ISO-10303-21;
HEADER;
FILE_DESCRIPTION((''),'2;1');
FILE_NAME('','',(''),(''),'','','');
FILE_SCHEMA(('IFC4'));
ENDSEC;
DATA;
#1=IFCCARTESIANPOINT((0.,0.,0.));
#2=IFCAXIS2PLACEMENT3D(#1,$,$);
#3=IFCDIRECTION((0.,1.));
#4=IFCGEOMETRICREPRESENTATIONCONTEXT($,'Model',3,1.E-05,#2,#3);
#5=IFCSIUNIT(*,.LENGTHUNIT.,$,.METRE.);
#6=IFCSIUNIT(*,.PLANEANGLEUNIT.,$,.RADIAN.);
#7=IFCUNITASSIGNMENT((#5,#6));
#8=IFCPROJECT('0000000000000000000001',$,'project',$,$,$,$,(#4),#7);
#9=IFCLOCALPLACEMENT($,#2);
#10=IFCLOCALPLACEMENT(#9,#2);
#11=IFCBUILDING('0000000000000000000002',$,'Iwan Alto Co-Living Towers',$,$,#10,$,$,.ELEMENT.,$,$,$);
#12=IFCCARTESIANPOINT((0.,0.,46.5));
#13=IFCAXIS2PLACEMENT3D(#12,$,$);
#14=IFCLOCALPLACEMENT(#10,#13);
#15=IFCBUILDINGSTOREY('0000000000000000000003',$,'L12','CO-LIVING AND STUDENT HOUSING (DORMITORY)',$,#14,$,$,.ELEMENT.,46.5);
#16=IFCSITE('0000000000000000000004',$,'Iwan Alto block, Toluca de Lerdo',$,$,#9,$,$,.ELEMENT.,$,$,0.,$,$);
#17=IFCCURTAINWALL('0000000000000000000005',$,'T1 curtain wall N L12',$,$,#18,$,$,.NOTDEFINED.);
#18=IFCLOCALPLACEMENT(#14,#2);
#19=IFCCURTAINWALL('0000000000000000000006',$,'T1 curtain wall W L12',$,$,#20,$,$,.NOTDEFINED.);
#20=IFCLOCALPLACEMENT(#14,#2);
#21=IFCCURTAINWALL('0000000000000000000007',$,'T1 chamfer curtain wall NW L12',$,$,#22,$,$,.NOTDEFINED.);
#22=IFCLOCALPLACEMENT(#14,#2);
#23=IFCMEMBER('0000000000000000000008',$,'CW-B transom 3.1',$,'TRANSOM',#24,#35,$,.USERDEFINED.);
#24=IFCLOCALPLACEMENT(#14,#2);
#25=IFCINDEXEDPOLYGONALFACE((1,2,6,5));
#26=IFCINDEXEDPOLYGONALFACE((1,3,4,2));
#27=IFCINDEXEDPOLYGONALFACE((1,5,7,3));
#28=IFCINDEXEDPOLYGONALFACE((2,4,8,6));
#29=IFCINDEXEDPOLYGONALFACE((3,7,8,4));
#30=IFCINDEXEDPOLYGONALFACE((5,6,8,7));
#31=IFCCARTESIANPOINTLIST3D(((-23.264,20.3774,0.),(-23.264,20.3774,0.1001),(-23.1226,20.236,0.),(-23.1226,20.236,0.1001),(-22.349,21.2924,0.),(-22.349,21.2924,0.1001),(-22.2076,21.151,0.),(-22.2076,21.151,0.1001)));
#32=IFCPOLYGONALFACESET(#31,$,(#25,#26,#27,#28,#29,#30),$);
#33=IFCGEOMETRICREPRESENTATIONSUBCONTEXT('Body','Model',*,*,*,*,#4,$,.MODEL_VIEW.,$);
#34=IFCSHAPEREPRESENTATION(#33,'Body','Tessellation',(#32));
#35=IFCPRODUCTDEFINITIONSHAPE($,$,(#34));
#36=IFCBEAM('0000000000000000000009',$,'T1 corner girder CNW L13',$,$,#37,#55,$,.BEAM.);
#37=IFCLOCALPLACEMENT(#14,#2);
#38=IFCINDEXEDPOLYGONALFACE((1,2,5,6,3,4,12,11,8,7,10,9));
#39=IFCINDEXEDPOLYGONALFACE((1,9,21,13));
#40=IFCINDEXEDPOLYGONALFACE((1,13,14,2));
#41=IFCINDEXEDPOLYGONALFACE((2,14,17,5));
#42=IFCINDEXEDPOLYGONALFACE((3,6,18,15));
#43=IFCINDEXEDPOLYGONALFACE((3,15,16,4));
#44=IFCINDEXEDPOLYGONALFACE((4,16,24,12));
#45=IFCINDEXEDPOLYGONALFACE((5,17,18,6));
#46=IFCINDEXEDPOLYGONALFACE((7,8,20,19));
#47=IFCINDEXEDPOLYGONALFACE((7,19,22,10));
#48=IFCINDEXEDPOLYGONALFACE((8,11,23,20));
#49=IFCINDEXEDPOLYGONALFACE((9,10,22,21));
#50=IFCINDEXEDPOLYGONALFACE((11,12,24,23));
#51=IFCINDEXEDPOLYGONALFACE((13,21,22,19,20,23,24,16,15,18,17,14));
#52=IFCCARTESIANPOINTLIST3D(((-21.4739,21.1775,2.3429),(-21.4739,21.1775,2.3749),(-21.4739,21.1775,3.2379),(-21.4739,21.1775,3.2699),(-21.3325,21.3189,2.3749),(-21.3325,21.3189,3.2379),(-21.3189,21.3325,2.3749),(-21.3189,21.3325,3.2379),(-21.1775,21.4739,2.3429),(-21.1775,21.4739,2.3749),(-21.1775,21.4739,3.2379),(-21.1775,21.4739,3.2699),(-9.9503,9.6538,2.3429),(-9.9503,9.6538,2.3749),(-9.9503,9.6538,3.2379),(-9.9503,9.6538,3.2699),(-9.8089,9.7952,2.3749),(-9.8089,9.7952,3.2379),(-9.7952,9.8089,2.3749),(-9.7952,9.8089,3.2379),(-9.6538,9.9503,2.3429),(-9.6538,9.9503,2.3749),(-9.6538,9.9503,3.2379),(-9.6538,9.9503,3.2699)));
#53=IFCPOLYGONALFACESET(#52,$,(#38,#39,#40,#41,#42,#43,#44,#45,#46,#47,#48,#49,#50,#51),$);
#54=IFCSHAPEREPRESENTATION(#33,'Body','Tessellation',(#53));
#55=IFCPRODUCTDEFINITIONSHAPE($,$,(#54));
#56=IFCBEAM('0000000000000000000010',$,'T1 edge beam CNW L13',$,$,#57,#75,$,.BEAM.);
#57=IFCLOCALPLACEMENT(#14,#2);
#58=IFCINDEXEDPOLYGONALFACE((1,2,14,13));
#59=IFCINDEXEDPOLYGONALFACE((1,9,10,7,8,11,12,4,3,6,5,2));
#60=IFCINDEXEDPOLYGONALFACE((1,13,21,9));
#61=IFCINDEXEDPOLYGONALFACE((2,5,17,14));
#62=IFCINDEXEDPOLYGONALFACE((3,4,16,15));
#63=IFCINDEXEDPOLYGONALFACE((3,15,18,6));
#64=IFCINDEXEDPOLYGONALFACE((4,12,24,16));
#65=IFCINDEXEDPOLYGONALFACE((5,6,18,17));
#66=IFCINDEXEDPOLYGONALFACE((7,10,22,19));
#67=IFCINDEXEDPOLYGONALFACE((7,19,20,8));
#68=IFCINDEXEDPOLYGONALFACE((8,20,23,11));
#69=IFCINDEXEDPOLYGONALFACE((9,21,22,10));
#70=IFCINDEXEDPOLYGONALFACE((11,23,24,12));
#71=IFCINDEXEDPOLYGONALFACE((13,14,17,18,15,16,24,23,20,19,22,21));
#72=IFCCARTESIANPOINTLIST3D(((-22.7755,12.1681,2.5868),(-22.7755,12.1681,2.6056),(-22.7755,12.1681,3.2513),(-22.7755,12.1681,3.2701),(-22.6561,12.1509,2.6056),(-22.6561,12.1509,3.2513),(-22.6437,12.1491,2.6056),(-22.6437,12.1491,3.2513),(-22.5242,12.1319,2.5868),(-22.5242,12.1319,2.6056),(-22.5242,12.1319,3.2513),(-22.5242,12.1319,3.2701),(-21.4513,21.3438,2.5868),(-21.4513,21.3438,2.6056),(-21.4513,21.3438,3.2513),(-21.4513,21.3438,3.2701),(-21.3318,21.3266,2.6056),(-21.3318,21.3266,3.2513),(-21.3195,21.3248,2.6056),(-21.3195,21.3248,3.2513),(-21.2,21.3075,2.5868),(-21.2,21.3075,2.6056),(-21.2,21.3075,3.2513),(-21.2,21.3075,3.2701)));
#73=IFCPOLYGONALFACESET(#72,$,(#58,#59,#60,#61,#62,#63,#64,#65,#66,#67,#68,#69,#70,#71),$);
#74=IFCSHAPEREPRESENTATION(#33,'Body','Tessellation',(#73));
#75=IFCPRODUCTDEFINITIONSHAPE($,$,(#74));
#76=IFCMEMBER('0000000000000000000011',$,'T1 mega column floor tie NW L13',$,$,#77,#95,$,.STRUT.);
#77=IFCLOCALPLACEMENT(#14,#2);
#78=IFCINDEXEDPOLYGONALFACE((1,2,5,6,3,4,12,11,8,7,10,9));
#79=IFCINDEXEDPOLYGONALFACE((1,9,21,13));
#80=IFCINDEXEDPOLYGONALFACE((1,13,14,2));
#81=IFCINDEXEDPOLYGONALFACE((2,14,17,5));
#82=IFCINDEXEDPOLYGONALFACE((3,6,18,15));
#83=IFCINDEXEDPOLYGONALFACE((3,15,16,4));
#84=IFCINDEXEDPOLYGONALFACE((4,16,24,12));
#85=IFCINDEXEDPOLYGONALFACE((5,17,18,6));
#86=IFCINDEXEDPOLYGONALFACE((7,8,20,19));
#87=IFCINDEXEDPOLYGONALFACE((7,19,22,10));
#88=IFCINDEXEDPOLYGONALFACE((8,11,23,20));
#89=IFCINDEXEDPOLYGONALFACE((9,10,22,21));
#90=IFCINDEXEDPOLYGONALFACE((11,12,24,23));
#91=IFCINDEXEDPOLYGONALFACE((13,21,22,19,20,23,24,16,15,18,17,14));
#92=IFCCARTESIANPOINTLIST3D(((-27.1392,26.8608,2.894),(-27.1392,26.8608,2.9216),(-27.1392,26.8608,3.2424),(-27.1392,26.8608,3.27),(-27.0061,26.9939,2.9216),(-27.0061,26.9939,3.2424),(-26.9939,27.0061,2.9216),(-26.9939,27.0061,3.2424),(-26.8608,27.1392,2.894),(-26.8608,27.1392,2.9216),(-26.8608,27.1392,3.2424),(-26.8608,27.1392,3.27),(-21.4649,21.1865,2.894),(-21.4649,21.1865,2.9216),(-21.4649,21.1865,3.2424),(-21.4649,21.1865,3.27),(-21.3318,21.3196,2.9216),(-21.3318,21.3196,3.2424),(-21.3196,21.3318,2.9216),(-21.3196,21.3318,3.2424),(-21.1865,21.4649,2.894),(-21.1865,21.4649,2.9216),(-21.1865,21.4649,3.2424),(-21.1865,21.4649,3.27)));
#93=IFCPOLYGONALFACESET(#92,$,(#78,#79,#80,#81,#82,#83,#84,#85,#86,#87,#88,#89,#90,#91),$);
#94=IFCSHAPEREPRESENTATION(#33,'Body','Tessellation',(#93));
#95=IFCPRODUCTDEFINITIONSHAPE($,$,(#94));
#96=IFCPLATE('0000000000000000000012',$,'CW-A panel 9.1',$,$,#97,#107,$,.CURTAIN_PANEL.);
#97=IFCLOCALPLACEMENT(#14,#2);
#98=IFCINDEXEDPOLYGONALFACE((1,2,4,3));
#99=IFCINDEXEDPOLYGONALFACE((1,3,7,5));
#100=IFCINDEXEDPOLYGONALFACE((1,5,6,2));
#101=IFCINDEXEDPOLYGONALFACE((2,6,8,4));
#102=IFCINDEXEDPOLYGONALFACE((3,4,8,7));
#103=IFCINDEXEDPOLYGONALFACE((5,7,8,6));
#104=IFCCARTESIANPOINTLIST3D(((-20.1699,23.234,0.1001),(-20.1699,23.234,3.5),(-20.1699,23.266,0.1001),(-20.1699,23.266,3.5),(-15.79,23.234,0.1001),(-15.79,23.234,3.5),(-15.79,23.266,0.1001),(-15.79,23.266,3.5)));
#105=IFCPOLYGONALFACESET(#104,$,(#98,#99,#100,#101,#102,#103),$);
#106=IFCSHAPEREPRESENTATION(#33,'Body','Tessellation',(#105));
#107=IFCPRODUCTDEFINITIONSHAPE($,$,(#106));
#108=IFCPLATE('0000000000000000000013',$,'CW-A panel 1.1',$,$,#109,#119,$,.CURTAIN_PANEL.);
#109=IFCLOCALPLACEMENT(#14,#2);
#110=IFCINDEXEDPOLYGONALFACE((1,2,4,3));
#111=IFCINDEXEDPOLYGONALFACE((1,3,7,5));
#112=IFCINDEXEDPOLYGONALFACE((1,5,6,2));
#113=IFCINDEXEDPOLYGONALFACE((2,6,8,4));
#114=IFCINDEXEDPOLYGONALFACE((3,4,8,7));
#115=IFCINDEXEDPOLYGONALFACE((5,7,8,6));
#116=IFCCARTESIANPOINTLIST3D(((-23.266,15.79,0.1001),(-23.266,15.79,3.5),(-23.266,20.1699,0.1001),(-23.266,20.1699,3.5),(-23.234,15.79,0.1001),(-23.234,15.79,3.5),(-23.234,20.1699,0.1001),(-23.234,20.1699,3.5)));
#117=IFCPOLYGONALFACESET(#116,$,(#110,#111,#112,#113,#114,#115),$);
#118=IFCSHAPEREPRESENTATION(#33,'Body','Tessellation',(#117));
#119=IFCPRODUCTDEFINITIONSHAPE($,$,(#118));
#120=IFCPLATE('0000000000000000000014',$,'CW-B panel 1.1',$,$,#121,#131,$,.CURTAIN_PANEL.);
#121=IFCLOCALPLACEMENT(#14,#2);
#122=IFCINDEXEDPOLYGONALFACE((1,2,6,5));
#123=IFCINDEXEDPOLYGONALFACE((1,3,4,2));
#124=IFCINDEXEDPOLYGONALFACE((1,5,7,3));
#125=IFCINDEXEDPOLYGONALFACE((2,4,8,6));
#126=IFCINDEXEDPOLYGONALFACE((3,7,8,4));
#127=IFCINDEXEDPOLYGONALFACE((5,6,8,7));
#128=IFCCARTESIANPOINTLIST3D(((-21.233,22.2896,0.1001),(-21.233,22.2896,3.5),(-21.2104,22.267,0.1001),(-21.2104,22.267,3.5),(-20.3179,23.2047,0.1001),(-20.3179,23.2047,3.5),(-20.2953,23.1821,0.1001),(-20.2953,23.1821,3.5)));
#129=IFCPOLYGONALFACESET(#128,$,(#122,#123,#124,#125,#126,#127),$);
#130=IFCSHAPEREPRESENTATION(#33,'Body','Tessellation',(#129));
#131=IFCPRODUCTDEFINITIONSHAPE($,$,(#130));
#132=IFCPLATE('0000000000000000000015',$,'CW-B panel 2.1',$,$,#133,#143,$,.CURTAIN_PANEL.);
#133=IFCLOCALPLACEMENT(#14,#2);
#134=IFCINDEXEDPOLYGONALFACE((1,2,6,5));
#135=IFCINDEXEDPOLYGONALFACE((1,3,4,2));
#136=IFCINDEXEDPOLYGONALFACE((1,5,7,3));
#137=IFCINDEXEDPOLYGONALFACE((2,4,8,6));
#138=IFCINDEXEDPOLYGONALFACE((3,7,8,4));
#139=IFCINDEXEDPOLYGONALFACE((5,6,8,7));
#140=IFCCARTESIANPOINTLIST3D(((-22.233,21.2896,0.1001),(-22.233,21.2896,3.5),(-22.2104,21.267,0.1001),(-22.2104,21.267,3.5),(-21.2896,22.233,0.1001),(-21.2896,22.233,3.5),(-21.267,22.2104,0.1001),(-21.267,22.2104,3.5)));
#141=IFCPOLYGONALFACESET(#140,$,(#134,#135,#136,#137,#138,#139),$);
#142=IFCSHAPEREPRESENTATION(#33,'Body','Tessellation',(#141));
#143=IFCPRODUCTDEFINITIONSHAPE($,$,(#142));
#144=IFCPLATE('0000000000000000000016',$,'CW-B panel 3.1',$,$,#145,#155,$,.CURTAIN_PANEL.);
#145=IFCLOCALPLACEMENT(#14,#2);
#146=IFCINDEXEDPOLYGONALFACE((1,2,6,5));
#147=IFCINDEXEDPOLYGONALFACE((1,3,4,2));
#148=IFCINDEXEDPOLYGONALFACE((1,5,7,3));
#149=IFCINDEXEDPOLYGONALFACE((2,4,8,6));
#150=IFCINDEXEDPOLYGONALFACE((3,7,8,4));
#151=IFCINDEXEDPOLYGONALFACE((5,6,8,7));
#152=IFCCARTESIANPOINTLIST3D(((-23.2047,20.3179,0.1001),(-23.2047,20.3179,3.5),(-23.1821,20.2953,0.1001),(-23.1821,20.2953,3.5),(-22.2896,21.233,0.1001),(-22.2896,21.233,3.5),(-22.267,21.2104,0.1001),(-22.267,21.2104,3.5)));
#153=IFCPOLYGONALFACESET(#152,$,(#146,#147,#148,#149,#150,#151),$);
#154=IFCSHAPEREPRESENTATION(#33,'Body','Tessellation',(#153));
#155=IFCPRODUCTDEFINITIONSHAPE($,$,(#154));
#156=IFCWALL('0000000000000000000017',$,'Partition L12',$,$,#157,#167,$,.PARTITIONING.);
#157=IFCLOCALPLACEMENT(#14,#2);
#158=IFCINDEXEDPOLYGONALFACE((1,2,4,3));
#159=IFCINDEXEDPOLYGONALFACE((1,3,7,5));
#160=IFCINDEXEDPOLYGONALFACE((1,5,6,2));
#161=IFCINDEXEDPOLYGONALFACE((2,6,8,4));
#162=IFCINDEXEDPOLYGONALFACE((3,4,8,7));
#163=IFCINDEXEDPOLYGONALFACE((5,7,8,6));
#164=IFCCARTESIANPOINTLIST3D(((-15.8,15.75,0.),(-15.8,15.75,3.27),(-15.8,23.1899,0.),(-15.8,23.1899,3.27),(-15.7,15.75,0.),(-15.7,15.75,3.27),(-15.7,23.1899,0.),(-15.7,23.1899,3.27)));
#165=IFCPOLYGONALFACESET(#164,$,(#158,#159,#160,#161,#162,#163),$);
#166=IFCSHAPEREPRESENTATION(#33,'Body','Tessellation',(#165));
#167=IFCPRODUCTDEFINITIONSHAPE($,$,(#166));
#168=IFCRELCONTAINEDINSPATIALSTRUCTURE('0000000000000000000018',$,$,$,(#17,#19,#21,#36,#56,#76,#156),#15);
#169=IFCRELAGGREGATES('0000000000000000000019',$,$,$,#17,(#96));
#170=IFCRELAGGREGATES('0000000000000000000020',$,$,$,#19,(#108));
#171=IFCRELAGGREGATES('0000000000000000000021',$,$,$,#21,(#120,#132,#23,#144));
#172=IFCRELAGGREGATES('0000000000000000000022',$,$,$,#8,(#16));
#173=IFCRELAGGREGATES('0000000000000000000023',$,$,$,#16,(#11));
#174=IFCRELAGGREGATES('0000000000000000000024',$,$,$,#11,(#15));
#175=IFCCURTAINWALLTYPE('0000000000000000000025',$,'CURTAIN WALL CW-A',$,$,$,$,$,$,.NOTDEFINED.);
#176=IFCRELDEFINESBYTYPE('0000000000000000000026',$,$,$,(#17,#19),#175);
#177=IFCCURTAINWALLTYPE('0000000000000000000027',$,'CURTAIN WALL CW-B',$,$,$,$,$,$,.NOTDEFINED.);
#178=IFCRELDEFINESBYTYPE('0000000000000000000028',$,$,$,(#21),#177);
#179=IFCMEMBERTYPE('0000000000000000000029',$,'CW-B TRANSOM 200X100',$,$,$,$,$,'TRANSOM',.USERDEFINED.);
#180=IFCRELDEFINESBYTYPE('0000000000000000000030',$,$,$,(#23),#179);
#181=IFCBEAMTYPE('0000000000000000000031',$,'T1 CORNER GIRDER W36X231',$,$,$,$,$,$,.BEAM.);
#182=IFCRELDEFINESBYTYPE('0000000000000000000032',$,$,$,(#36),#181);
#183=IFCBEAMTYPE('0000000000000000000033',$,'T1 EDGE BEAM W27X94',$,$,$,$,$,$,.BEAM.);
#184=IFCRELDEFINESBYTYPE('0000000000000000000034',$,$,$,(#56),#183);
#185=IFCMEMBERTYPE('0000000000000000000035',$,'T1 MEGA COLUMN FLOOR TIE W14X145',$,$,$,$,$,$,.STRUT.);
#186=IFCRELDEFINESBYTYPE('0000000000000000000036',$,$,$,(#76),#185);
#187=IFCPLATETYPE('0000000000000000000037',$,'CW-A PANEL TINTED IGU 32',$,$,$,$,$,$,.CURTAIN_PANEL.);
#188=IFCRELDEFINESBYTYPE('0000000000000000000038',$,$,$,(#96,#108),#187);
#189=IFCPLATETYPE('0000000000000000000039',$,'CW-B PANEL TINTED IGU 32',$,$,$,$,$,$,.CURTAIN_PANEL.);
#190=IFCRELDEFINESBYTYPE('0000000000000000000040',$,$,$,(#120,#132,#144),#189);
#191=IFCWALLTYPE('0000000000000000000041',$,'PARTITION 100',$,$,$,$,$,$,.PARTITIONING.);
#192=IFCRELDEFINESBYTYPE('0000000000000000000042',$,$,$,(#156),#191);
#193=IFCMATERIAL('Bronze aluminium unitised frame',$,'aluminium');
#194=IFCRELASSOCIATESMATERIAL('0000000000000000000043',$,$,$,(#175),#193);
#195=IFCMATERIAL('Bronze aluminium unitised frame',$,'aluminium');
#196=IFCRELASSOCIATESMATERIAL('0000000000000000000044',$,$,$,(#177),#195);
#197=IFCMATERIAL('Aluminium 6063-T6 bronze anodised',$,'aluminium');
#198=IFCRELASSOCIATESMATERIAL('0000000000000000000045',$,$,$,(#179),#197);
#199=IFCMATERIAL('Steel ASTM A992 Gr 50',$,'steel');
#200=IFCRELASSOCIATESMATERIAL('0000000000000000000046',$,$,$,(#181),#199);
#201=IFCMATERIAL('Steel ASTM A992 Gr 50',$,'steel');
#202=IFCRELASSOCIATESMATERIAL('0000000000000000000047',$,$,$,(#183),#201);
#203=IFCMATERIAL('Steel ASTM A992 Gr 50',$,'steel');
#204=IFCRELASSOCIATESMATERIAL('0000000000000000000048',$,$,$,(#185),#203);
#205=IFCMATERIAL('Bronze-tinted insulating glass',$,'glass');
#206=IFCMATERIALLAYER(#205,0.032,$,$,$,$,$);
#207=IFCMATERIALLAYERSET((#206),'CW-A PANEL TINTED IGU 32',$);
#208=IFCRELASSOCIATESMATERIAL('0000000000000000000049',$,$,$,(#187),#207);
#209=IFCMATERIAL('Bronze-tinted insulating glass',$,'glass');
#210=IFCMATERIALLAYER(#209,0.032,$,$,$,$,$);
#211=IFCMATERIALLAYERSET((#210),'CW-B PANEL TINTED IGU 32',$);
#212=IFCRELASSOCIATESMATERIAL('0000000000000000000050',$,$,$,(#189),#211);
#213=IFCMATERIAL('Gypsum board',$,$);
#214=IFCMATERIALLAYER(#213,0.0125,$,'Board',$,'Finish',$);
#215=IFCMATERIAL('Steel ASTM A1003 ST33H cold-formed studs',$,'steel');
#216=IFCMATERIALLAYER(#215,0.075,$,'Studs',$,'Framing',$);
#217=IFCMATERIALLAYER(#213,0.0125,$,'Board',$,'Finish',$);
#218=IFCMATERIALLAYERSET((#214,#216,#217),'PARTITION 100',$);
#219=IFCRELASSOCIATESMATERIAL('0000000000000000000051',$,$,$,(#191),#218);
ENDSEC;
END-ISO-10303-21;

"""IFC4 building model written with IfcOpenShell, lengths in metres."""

from ifc_helpers import new_model, si_unit, direction, frame, frame_2d, origin, origin_2d, place, context, subcontext, project, spatial, rectangle, i_section, extrude, material, layer, layer_set, material_profile, profile_set, type_object, element, aggregate, save


model = new_model("IFC4")

# Units and contexts
model_context = context("Model", 3, precision=1e-05, world=origin(), true_north=direction((0.0, 1.0)))
body_context = subcontext(model_context, "Body", "Model", "MODEL_VIEW")
ifc_project = project(units=[si_unit("LENGTHUNIT", "METRE"), si_unit("PLANEANGLEUNIT", "RADIAN")], contexts=[model_context])

# Site, building, storey
site_placement = place(None, origin())
site = spatial("IfcSite", under=ifc_project, at=site_placement, Name="Iwan Alto block, Toluca de Lerdo", CompositionType="ELEMENT", RefElevation=0.0)
building_placement = place(site_placement, origin())
building = spatial("IfcBuilding", under=site, at=building_placement, Name="Iwan Alto Co-Living Towers", CompositionType="ELEMENT")
storey_placement = place(building_placement, frame((0.0, 0.0, 46.5)))
storey = spatial("IfcBuildingStorey", under=building, at=storey_placement, Name="L12", Description="CO-LIVING AND STUDENT HOUSING (DORMITORY)", CompositionType="ELEMENT", Elevation=46.5)

# Curtain walls
ifc_material_1 = material(Name="Bronze aluminium unitised frame", Category="aluminium")
curtain_wall_type_1 = type_object("IfcCurtainWallType", Name="CURTAIN WALL CW-A", PredefinedType="NOTDEFINED", material=ifc_material_1)
curtain_wall_1_placement = place(storey_placement, origin())
curtain_wall_1 = element("IfcCurtainWall", 1, at=curtain_wall_1_placement, inside=storey, type_object=curtain_wall_type_1, Name="T1 curtain wall N L12", PredefinedType="NOTDEFINED")
curtain_wall_2_placement = place(storey_placement, origin())
curtain_wall_2 = element("IfcCurtainWall", 2, at=curtain_wall_2_placement, inside=storey, type_object=curtain_wall_type_1, Name="T1 curtain wall W L12", PredefinedType="NOTDEFINED")

# Curtain wall, member
ifc_material_2 = material(Name="Bronze aluminium unitised frame", Category="aluminium")
curtain_wall_type_2 = type_object("IfcCurtainWallType", Name="CURTAIN WALL CW-B", PredefinedType="NOTDEFINED", material=ifc_material_2)
curtain_wall_3_placement = place(storey_placement, origin())
curtain_wall_3 = element("IfcCurtainWall", 3, at=curtain_wall_3_placement, inside=storey, type_object=curtain_wall_type_2, Name="T1 chamfer curtain wall NW L12", PredefinedType="NOTDEFINED")
ifc_material_3 = material(Name="Aluminium 6063-T6 bronze anodised", Category="aluminium")
ifc_material_profile_1 = material_profile(ifc_material_3, rectangle(XDim=0.2, YDim=0.1001, at=origin_2d()), Name="AL 200X100")
ifc_profile_set_1 = profile_set([ifc_material_profile_1], Name="Aluminium 6063-T6 bronze anodised")
member_type_1 = type_object("IfcMemberType", Name="CW-B TRANSOM 200X100", ElementType="TRANSOM", PredefinedType="USERDEFINED", material=ifc_profile_set_1)
member_1_placement = place(storey_placement, frame((-22.2783, 21.2217, 0.05), z_axis=(-0.707107, -0.707107, 0.0), x_axis=(0.707107, -0.707107, 0.0)))
member_1 = element("IfcMember", 4, at=member_1_placement, type_object=member_type_1, Name="CW-B transom 3.1", ObjectType="TRANSOM", PredefinedType="USERDEFINED", context=body_context, shape_type="SweptSolid", body=[
    extrude(rectangle(XDim=0.2, YDim=0.1001, at=origin_2d()), origin(), (0.0, 0.0, 1.0), 1.2939),
])

# Beams
ifc_material_4 = material(Name="Steel ASTM A992 Gr 50", Category="steel")
ifc_material_profile_2 = material_profile(ifc_material_4, i_section(OverallWidth=0.4192, OverallDepth=0.927, WebThickness=0.0193, FlangeThickness=0.032, at=origin_2d()), Name="W36X231")
ifc_profile_set_2 = profile_set([ifc_material_profile_2], Name="Steel ASTM A992 Gr 50")
beam_type_1 = type_object("IfcBeamType", Name="T1 CORNER GIRDER W36X231", PredefinedType="BEAM", material=ifc_profile_set_2)
beam_1_placement = place(storey_placement, frame((-21.3257, 21.3257, 2.8064), z_axis=(0.707107, -0.707107, 0.0), x_axis=(0.707107, 0.707107, 0.0)))
element("IfcBeam", 5, at=beam_1_placement, inside=storey, type_object=beam_type_1, Name="T1 corner girder CNW L13", PredefinedType="BEAM", context=body_context, shape_type="SweptSolid", body=[
    extrude(i_section(OverallWidth=0.4192, OverallDepth=0.927, WebThickness=0.0193, FlangeThickness=0.032, at=origin_2d()), origin(), (0.0, 0.0, 1.0), 16.2969),
])
ifc_material_5 = material(Name="Steel ASTM A992 Gr 50", Category="steel")
ifc_material_profile_3 = material_profile(ifc_material_5, i_section(OverallWidth=0.2539, OverallDepth=0.6833, WebThickness=0.0125, FlangeThickness=0.0188, at=origin_2d()), Name="W27X94")
ifc_profile_set_3 = profile_set([ifc_material_profile_3], Name="Steel ASTM A992 Gr 50")
beam_type_2 = type_object("IfcBeamType", Name="T1 EDGE BEAM W27X94", PredefinedType="BEAM", material=ifc_profile_set_3)
beam_2_placement = place(storey_placement, frame((-21.3257, 21.3257, 2.9285), z_axis=(-0.142837, -0.989746, 0.0), x_axis=(0.989746, -0.142837, 0.0)))
element("IfcBeam", 6, at=beam_2_placement, inside=storey, type_object=beam_type_2, Name="T1 edge beam CNW L13", PredefinedType="BEAM", context=body_context, shape_type="SweptSolid", body=[
    extrude(i_section(OverallWidth=0.2539, OverallDepth=0.6833, WebThickness=0.0125, FlangeThickness=0.0188, at=origin_2d()), origin(), (0.0, 0.0, 1.0), 9.2708),
])

# Member
ifc_material_6 = material(Name="Steel ASTM A992 Gr 50", Category="steel")
ifc_material_profile_4 = material_profile(ifc_material_6, i_section(OverallWidth=0.3938, OverallDepth=0.376, WebThickness=0.0173, FlangeThickness=0.0276, at=origin_2d()), Name="W14X145")
ifc_profile_set_4 = profile_set([ifc_material_profile_4], Name="Steel ASTM A992 Gr 50")
member_type_2 = type_object("IfcMemberType", Name="T1 MEGA COLUMN FLOOR TIE W14X145", PredefinedType="STRUT", material=ifc_profile_set_4)
member_2_placement = place(storey_placement, frame((-27.0, 27.0, 3.082), z_axis=(0.707107, -0.707107, 0.0), x_axis=(0.707107, 0.707107, 0.0)))
element("IfcMember", 7, at=member_2_placement, inside=storey, type_object=member_type_2, Name="T1 mega column floor tie NW L13", PredefinedType="STRUT", context=body_context, shape_type="SweptSolid", body=[
    extrude(i_section(OverallWidth=0.3938, OverallDepth=0.376, WebThickness=0.0173, FlangeThickness=0.0276, at=origin_2d()), origin(), (0.0, 0.0, 1.0), 8.0247),
])

# Plates
ifc_material_7 = material(Name="Bronze-tinted insulating glass", Category="glass")
ifc_layer_1 = layer(ifc_material_7, 0.032)
ifc_layer_set_1 = layer_set([ifc_layer_1], Name="CW-A PANEL TINTED IGU 32")
plate_type_1 = type_object("IfcPlateType", Name="CW-A PANEL TINTED IGU 32", PredefinedType="CURTAIN_PANEL", material=ifc_layer_set_1)
plate_1_placement = place(storey_placement, frame((-17.98, 23.25, 0.1001), z_axis=(0.0, 0.0, 1.0), x_axis=(-1.0, 0.0, 0.0)))
plate_1 = element("IfcPlate", 8, at=plate_1_placement, type_object=plate_type_1, Name="CW-A panel 9.1", PredefinedType="CURTAIN_PANEL", context=body_context, shape_type="SweptSolid", body=[
    extrude(rectangle(XDim=4.3799, YDim=0.032, at=origin_2d()), origin(), (0.0, 0.0, 1.0), 3.3999),
])
aggregate(curtain_wall_1, [plate_1])
plate_2_placement = place(storey_placement, frame((-23.25, 17.98, 0.1001), z_axis=(0.0, 0.0, 1.0), x_axis=(0.0, -1.0, 0.0)))
plate_2 = element("IfcPlate", 9, at=plate_2_placement, type_object=plate_type_1, Name="CW-A panel 1.1", PredefinedType="CURTAIN_PANEL", context=body_context, shape_type="SweptSolid", body=[
    extrude(rectangle(XDim=4.3799, YDim=0.032, at=origin_2d()), origin(), (0.0, 0.0, 1.0), 3.3999),
])
aggregate(curtain_wall_2, [plate_2])
ifc_material_8 = material(Name="Bronze-tinted insulating glass", Category="glass")
ifc_layer_2 = layer(ifc_material_8, 0.032)
ifc_layer_set_2 = layer_set([ifc_layer_2], Name="CW-B PANEL TINTED IGU 32")
plate_type_2 = type_object("IfcPlateType", Name="CW-B PANEL TINTED IGU 32", PredefinedType="CURTAIN_PANEL", material=ifc_layer_set_2)
plate_3_placement = place(storey_placement, frame((-20.7642, 22.7358, 0.1001), z_axis=(0.0, 0.0, 1.0), x_axis=(-0.707107, -0.707107, 0.0)))
plate_3 = element("IfcPlate", 10, at=plate_3_placement, type_object=plate_type_2, Name="CW-B panel 1.1", PredefinedType="CURTAIN_PANEL", context=body_context, shape_type="SweptSolid", body=[
    extrude(rectangle(XDim=1.2942, YDim=0.032, at=origin_2d()), origin(), (0.0, 0.0, 1.0), 3.3999),
])
plate_4_placement = place(storey_placement, frame((-21.75, 21.75, 0.1001), z_axis=(0.0, 0.0, 1.0), x_axis=(-0.707107, -0.707107, 0.0)))
plate_4 = element("IfcPlate", 11, at=plate_4_placement, type_object=plate_type_2, Name="CW-B panel 2.1", PredefinedType="CURTAIN_PANEL", context=body_context, shape_type="SweptSolid", body=[
    extrude(rectangle(XDim=1.3342, YDim=0.032, at=origin_2d()), origin(), (0.0, 0.0, 1.0), 3.3999),
])
plate_5_placement = place(storey_placement, frame((-22.7358, 20.7642, 0.1001), z_axis=(0.0, 0.0, 1.0), x_axis=(-0.707107, -0.707107, 0.0)))
plate_5 = element("IfcPlate", 12, at=plate_5_placement, type_object=plate_type_2, Name="CW-B panel 3.1", PredefinedType="CURTAIN_PANEL", context=body_context, shape_type="SweptSolid", body=[
    extrude(rectangle(XDim=1.2942, YDim=0.032, at=origin_2d()), origin(), (0.0, 0.0, 1.0), 3.3999),
])
aggregate(curtain_wall_3, [plate_3, plate_4, member_1, plate_5])

# Wall
ifc_material_9 = material(Name="Gypsum board")
ifc_layer_3 = layer(ifc_material_9, 0.0125, Name="Board", Category="Finish")
ifc_material_10 = material(Name="Steel ASTM A1003 ST33H cold-formed studs", Category="steel")
ifc_layer_4 = layer(ifc_material_10, 0.075, Name="Studs", Category="Framing")
ifc_layer_5 = layer(ifc_material_9, 0.0125, Name="Board", Category="Finish")
ifc_layer_set_3 = layer_set([ifc_layer_3, ifc_layer_4, ifc_layer_5], Name="PARTITION 100")
wall_type = type_object("IfcWallType", Name="PARTITION 100", PredefinedType="PARTITIONING", material=ifc_layer_set_3)
wall_placement = place(storey_placement, frame((-15.75, 15.75, 0.0), z_axis=(0.0, 0.0, 1.0), x_axis=(0.0, 1.0, 0.0)))
element("IfcWall", 13, at=wall_placement, inside=storey, type_object=wall_type, Name="Partition L12", PredefinedType="PARTITIONING", context=body_context, shape_type="SweptSolid", body=[
    extrude(rectangle(XDim=7.4399, YDim=0.1001, at=frame_2d((3.72, 0.0))), origin(), (0.0, 0.0, 1.0), 3.27),
])

save(model, "model.ifc")
